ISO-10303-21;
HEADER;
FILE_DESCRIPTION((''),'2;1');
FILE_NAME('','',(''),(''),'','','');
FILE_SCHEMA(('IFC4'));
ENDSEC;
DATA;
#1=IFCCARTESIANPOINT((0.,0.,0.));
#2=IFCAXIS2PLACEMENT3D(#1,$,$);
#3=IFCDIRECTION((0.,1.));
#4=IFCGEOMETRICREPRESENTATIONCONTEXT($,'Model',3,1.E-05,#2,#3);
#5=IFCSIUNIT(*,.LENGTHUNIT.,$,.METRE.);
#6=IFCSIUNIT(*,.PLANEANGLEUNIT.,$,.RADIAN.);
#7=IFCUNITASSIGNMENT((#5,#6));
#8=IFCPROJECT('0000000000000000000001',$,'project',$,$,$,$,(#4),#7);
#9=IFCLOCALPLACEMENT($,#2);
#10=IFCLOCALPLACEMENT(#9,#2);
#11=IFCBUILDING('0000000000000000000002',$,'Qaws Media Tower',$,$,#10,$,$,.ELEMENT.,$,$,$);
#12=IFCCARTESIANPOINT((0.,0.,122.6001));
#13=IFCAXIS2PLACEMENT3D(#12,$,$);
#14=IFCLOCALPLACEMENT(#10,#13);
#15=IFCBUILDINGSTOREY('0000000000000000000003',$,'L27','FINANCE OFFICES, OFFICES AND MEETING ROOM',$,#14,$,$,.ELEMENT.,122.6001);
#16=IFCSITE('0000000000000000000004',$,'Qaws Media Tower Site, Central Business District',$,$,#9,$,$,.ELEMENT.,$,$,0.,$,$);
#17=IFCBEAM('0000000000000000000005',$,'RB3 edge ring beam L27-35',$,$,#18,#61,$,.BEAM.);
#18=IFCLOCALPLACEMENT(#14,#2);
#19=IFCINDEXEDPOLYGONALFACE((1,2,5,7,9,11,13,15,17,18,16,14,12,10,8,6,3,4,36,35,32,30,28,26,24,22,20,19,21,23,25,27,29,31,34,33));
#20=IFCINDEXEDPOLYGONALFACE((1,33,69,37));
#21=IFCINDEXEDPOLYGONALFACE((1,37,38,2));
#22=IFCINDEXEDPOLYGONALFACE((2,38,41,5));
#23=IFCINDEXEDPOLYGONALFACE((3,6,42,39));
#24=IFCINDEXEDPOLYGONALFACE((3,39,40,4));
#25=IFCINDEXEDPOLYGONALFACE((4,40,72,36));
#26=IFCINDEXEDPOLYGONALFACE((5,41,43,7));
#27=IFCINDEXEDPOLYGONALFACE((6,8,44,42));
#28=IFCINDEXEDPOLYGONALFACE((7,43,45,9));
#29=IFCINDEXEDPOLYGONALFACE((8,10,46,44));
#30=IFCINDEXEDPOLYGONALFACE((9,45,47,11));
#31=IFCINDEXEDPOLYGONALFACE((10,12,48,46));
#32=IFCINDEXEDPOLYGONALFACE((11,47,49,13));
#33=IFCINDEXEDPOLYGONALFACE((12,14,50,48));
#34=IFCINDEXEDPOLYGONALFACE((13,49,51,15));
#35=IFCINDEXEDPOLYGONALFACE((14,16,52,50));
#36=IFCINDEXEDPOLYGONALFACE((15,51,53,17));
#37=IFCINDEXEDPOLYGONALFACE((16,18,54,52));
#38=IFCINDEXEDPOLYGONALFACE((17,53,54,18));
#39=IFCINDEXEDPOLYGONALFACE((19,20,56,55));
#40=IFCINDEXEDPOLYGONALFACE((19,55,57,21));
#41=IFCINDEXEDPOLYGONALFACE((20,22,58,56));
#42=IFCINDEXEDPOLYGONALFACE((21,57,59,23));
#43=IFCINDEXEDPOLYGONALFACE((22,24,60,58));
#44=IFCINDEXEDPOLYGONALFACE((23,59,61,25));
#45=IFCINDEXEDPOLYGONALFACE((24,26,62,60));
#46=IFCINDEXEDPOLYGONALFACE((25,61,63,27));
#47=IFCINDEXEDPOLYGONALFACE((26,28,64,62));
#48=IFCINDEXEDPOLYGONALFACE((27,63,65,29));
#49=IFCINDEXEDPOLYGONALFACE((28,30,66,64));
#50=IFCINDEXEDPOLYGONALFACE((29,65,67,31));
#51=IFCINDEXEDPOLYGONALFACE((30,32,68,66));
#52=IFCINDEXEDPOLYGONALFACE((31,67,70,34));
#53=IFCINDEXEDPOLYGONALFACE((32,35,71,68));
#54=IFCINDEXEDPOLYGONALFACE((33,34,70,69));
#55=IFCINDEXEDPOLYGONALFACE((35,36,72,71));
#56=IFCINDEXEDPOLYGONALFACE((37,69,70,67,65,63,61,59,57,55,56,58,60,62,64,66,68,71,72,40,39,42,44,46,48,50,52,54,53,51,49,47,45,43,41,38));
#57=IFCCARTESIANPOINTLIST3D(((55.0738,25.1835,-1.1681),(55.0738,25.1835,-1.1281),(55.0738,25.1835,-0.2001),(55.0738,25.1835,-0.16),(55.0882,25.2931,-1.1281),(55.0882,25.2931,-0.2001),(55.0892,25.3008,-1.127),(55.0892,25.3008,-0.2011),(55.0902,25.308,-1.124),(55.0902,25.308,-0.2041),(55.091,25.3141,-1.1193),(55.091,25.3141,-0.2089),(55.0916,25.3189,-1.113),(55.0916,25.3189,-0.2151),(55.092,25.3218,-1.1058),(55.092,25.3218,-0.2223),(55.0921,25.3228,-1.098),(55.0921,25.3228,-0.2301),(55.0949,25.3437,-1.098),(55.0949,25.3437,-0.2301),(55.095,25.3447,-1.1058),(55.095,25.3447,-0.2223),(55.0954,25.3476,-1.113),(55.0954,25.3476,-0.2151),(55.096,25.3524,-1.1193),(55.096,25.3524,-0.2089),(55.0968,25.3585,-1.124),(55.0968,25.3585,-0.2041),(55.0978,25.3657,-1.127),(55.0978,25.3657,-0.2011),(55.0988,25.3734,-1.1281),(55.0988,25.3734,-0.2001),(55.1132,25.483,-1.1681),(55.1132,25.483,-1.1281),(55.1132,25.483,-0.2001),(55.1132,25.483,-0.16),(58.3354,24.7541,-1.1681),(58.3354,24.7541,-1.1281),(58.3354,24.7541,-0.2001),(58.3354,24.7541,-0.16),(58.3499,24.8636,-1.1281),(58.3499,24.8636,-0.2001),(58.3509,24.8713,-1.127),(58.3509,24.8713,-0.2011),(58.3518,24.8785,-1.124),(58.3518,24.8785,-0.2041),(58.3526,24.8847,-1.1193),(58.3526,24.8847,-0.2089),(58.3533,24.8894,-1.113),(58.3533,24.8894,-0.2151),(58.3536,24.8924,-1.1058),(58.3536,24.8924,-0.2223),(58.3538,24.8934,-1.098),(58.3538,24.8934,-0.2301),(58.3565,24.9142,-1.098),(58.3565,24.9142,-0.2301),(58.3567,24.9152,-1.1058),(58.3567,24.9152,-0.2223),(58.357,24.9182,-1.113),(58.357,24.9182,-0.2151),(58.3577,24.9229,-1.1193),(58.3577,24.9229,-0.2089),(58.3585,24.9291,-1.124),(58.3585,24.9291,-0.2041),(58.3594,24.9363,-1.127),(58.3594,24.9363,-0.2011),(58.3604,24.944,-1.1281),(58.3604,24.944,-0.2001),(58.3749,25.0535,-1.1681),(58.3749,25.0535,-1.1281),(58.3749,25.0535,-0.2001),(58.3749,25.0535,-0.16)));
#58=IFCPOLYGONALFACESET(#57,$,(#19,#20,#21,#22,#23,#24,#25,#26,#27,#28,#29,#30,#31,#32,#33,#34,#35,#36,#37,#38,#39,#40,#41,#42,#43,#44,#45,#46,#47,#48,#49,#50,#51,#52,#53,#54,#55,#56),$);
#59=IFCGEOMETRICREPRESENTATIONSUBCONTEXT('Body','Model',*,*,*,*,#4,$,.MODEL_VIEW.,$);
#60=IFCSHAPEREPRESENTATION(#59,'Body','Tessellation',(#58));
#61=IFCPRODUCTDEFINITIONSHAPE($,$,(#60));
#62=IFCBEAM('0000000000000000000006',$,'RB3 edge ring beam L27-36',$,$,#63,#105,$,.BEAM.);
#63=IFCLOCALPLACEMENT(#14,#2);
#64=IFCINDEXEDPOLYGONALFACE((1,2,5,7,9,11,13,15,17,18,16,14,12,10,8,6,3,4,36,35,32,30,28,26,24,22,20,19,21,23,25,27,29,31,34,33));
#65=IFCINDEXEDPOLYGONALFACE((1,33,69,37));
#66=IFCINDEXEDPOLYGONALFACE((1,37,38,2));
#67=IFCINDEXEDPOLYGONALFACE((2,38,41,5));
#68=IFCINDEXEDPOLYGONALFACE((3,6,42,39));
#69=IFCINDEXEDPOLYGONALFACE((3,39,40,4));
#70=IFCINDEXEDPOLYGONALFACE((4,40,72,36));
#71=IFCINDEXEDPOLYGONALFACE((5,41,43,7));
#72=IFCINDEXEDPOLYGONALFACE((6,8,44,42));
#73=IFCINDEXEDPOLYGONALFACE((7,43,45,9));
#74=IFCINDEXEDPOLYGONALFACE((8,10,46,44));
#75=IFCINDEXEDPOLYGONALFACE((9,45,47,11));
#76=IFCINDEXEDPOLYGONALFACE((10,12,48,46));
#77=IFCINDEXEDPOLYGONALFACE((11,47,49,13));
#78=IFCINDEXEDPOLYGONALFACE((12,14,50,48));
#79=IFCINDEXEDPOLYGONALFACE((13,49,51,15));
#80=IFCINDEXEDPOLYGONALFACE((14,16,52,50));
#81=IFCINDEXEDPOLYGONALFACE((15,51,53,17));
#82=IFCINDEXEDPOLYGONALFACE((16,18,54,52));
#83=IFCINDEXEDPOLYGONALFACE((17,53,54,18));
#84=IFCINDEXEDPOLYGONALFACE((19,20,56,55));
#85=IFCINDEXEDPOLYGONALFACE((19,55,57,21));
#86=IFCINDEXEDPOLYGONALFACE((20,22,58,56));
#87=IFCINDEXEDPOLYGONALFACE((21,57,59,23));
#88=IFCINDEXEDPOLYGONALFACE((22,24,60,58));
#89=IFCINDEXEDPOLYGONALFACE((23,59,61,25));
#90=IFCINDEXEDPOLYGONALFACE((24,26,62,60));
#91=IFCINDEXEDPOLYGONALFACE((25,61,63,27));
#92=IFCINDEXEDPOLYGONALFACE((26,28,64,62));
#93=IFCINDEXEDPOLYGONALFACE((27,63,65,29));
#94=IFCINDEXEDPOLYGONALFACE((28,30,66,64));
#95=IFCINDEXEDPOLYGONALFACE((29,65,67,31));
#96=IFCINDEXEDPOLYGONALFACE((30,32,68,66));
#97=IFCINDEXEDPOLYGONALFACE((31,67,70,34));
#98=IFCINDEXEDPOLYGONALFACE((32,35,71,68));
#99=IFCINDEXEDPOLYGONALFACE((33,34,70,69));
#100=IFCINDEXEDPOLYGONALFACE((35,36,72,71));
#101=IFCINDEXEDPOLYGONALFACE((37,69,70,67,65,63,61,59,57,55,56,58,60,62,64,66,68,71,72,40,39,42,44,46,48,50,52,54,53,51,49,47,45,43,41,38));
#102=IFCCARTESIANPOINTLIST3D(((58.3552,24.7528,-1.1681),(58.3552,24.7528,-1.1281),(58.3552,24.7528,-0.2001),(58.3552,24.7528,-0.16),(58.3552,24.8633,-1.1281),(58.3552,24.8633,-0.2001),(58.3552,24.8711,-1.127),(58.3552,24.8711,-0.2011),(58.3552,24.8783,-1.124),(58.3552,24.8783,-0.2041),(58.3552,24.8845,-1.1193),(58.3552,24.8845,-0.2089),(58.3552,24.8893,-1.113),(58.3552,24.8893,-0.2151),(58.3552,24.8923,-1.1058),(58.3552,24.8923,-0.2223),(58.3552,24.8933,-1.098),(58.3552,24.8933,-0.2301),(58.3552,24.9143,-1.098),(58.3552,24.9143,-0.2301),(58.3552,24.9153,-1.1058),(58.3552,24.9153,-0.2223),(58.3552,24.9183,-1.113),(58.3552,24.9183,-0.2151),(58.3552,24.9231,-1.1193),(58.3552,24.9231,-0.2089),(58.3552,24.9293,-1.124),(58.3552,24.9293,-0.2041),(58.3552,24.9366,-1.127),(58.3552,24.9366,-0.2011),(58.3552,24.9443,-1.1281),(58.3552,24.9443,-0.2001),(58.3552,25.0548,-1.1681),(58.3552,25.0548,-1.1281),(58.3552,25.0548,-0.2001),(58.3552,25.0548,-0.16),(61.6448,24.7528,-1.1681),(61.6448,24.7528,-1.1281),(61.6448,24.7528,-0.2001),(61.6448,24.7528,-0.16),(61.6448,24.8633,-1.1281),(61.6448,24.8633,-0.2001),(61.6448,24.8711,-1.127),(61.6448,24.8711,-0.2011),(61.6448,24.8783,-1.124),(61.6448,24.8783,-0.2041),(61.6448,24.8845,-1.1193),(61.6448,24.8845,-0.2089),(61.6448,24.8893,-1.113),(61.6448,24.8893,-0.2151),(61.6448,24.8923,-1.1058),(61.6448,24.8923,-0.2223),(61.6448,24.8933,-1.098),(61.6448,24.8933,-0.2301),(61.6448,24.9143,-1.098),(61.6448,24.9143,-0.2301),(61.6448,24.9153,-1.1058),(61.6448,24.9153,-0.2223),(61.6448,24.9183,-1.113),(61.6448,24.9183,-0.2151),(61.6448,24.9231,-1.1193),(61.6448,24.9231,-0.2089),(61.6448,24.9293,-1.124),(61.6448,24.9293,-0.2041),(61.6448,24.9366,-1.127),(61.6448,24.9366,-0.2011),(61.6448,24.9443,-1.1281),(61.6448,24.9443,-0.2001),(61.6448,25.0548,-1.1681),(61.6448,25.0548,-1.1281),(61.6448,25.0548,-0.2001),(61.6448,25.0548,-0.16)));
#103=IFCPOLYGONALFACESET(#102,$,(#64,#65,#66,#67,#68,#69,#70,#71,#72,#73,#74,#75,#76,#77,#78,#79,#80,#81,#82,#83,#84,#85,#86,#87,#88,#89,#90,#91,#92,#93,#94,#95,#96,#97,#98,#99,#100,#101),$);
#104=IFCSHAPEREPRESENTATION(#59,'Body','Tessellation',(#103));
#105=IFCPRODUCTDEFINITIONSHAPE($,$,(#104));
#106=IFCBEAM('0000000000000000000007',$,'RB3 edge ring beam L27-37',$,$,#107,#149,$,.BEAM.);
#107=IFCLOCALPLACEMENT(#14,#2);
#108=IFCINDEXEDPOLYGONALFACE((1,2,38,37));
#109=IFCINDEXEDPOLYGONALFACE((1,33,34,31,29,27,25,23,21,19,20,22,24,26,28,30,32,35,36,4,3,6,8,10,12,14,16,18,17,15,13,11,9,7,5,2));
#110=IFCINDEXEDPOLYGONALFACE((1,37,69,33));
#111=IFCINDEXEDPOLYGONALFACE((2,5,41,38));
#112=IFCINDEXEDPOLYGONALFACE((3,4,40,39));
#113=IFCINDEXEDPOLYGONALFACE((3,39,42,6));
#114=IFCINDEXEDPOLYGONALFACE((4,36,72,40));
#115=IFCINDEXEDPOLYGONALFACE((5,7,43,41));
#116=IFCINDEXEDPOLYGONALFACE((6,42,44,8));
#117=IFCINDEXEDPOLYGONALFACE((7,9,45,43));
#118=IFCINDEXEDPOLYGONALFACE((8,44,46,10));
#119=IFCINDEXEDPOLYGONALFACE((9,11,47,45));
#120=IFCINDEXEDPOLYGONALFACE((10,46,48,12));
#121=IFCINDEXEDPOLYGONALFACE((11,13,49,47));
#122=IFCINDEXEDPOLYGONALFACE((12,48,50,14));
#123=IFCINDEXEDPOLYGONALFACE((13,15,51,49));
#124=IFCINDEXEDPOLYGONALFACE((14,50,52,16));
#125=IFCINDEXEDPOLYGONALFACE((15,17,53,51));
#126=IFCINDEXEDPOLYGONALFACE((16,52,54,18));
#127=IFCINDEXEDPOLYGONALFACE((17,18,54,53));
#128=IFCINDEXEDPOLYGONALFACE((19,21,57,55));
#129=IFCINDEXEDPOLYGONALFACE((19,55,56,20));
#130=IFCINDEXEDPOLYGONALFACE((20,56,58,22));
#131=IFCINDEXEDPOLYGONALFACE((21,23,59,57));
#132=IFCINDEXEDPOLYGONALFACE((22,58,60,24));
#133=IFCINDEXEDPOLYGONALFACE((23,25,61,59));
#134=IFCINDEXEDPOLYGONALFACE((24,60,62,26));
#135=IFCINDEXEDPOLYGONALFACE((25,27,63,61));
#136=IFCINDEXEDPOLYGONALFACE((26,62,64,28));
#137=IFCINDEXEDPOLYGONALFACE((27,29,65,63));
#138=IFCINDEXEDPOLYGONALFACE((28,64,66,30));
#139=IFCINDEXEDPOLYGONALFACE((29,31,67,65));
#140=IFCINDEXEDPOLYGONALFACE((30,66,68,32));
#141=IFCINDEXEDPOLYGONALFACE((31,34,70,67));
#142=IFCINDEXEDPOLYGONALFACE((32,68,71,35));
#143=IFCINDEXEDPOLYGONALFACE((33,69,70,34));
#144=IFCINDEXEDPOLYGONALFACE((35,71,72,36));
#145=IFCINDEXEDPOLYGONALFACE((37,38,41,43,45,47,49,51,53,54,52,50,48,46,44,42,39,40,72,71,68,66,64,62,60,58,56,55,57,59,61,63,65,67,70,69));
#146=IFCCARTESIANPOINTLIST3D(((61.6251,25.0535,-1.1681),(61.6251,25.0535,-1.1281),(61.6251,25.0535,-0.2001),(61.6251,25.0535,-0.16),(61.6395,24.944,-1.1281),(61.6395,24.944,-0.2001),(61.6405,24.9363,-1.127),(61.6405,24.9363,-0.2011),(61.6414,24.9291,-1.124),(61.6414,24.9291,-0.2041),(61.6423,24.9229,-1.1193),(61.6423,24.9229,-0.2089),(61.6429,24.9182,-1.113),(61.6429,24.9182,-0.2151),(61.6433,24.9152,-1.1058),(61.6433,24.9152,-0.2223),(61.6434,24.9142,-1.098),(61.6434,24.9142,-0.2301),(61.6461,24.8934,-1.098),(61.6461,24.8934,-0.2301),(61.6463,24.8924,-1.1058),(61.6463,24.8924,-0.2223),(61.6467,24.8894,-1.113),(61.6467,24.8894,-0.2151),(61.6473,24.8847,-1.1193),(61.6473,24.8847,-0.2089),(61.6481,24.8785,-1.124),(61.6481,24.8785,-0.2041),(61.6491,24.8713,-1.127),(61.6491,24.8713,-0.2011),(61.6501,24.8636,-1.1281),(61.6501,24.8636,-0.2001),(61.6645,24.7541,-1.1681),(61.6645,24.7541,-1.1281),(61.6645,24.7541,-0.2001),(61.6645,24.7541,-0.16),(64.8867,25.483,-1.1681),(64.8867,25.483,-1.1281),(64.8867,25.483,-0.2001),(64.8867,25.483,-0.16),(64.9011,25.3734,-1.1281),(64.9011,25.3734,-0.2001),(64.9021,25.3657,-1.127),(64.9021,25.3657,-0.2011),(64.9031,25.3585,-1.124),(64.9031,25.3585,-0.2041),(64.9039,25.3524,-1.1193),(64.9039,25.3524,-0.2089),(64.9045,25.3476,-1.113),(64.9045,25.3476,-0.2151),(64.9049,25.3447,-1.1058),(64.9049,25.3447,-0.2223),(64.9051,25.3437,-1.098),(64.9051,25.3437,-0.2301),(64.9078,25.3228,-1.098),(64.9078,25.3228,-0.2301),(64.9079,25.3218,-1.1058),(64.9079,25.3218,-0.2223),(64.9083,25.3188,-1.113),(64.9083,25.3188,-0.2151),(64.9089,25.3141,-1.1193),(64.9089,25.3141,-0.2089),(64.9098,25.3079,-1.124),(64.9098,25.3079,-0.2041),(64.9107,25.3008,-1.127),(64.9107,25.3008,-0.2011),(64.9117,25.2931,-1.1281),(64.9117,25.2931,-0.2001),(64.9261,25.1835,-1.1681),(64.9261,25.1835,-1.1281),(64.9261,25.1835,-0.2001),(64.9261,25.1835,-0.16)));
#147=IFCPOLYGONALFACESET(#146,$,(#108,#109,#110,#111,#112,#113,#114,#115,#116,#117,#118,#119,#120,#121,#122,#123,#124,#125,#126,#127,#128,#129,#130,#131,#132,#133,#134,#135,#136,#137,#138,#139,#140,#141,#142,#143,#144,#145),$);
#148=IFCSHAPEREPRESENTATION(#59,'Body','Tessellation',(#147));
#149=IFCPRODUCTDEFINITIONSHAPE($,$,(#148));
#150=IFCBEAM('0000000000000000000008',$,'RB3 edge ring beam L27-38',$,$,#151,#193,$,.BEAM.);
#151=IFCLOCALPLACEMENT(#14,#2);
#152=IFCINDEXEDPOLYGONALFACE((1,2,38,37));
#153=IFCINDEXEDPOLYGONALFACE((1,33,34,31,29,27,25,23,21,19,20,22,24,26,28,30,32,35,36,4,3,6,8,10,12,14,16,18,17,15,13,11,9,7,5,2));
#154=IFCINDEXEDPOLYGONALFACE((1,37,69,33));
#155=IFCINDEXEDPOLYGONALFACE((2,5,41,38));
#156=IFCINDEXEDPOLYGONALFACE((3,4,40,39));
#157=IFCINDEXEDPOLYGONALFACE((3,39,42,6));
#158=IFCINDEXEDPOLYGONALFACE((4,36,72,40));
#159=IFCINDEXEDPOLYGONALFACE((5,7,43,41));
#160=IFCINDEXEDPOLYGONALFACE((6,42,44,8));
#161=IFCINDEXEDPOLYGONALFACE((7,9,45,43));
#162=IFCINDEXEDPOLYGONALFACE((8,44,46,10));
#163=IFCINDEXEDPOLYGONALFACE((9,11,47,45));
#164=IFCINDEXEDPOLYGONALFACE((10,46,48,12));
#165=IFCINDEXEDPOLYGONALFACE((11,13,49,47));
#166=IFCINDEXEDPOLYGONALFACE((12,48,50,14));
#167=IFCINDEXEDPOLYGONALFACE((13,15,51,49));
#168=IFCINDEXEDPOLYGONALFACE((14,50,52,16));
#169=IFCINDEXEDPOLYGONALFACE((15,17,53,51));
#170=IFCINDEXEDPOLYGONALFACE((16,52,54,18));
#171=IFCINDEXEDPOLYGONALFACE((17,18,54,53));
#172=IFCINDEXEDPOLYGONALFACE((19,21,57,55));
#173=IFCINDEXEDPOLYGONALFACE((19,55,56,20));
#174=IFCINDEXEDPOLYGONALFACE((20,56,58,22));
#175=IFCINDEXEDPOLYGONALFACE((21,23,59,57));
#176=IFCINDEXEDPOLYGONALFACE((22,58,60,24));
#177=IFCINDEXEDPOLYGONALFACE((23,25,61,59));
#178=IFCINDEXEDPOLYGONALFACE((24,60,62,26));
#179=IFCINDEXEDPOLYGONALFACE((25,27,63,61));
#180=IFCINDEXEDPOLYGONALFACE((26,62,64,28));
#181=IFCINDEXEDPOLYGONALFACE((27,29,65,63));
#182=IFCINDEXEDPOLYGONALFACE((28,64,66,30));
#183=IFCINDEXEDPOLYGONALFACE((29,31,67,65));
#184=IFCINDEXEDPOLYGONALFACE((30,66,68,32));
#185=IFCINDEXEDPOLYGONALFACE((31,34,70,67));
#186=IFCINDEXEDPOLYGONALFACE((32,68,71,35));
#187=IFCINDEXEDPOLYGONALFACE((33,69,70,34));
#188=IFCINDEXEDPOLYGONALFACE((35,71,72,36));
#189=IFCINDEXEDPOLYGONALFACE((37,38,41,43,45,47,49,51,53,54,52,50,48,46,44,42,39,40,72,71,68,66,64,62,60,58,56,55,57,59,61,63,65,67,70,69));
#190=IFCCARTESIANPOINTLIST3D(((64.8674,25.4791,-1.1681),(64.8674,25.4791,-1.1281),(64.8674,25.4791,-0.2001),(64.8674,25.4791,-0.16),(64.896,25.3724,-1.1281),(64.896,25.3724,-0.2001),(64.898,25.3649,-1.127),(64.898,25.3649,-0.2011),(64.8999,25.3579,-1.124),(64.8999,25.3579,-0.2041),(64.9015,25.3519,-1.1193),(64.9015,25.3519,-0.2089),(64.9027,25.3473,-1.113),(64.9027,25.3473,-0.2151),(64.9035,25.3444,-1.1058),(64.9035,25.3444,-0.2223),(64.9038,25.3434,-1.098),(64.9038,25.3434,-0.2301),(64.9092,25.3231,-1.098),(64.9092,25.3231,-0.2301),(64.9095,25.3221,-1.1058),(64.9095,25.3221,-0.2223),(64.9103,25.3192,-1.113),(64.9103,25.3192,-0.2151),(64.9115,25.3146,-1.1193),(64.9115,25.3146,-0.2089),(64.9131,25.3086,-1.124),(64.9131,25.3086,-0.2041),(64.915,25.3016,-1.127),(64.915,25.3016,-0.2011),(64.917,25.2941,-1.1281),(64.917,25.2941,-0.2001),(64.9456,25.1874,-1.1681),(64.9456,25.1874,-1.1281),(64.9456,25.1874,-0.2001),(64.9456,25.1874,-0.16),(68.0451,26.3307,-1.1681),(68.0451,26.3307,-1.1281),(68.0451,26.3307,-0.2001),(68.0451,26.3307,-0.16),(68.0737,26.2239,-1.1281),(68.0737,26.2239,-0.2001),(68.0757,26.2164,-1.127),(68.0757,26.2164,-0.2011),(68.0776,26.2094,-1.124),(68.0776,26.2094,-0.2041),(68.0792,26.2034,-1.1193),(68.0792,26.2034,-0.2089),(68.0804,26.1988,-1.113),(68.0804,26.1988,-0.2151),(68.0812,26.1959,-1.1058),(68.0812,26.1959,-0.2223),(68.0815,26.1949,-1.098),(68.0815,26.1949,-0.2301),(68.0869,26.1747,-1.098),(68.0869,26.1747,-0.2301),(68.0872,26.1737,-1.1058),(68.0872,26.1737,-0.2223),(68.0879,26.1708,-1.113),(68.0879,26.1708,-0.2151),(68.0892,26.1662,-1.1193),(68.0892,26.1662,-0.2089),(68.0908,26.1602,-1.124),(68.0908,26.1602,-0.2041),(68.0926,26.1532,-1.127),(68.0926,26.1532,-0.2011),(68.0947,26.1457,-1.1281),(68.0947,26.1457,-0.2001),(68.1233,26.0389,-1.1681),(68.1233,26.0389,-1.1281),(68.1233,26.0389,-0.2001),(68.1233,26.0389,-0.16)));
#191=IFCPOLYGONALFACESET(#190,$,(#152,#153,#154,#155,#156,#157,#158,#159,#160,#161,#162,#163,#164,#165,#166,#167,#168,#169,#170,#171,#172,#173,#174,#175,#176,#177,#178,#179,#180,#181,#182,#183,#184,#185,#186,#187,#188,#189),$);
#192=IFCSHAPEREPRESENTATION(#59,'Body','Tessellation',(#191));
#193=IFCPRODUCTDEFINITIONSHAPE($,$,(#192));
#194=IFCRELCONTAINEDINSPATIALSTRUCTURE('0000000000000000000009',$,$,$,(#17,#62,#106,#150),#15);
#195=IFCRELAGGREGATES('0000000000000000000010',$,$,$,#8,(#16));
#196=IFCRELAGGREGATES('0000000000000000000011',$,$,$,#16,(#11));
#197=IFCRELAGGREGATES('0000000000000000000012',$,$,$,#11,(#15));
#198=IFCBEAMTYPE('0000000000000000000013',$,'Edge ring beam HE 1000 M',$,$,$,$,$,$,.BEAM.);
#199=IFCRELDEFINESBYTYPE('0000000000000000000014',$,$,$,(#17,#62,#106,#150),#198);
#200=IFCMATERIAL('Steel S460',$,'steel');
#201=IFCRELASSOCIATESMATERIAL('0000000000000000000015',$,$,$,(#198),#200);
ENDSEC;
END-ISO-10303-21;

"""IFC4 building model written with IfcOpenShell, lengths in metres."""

from ifc_helpers import new_model, si_unit, direction, frame, origin, origin_2d, place, context, subcontext, project, spatial, i_section, extrude, material, material_profile, profile_set, type_object, element, save


model = new_model("IFC4")

# Units and contexts
model_context = context("Model", 3, precision=1e-05, world=origin(), true_north=direction((0.0, 1.0)))
body_context = subcontext(model_context, "Body", "Model", "MODEL_VIEW")
ifc_project = project(units=[si_unit("LENGTHUNIT", "METRE"), si_unit("PLANEANGLEUNIT", "RADIAN")], contexts=[model_context])

# Site, building, storey
site_placement = place(None, origin())
site = spatial("IfcSite", under=ifc_project, at=site_placement, Name="Qaws Media Tower Site, Central Business District", CompositionType="ELEMENT", RefElevation=0.0)
building_placement = place(site_placement, origin())
building = spatial("IfcBuilding", under=site, at=building_placement, Name="Qaws Media Tower", CompositionType="ELEMENT")
storey_placement = place(building_placement, frame((0.0, 0.0, 122.6001)))
storey = spatial("IfcBuildingStorey", under=building, at=storey_placement, Name="L27", Description="FINANCE OFFICES, OFFICES AND MEETING ROOM", CompositionType="ELEMENT", Elevation=122.6001)

# Beams
ifc_material_1 = material(Name="Steel S460", Category="steel")
ifc_material_profile_1 = material_profile(ifc_material_1, i_section(OverallWidth=0.302, OverallDepth=1.0081, WebThickness=0.021, FlangeThickness=0.04, FilletRadius=0.03, at=origin_2d()), Name="HE 1000 M")
ifc_profile_set_1 = profile_set([ifc_material_profile_1], Name="Steel S460")
beam_type = type_object("IfcBeamType", Name="Edge ring beam HE 1000 M", PredefinedType="BEAM", material=ifc_profile_set_1)
beam_1_placement = place(storey_placement, frame((55.0935, 25.3333, -0.6641), z_axis=(0.991444, -0.130535, 0.0), x_axis=(0.130535, 0.991444, 0.0)))
element("IfcBeam", 1, at=beam_1_placement, inside=storey, type_object=beam_type, Name="RB3 edge ring beam L27-35", PredefinedType="BEAM", context=body_context, shape_type="SweptSolid", body=[
    extrude(i_section(OverallWidth=0.302, OverallDepth=1.0081, WebThickness=0.021, FlangeThickness=0.04, FilletRadius=0.03, at=origin_2d()), origin(), (0.0, 0.0, 1.0), 3.2898),
])
beam_2_placement = place(storey_placement, frame((58.3552, 24.9038, -0.6641), z_axis=(1.0, 0.0, 0.0), x_axis=(0.0, 1.0, 0.0)))
element("IfcBeam", 2, at=beam_2_placement, inside=storey, type_object=beam_type, Name="RB3 edge ring beam L27-36", PredefinedType="BEAM", context=body_context, shape_type="SweptSolid", body=[
    extrude(i_section(OverallWidth=0.302, OverallDepth=1.0081, WebThickness=0.021, FlangeThickness=0.04, FilletRadius=0.03, at=origin_2d()), origin(), (0.0, 0.0, 1.0), 3.2896),
])
for number, where, z_axis, x_axis, name in (
    (3, (61.6448, 24.9038, -0.6641), (0.991444, 0.130535, 0.0), (-0.130535, 0.991444, 0.0), "RB3 edge ring beam L27-37"),
    (4, (64.9065, 25.3333, -0.6641), (0.965919, 0.258845, 0.0), (-0.258845, 0.965919, 0.0), "RB3 edge ring beam L27-38"),
):
    element("IfcBeam", number, at=place(storey_placement, frame(where, z_axis=z_axis, x_axis=x_axis)), inside=storey, type_object=beam_type, Name=name, PredefinedType="BEAM", context=body_context, shape_type="SweptSolid", body=[
        extrude(i_section(OverallWidth=0.302, OverallDepth=1.0081, WebThickness=0.021, FlangeThickness=0.04, FilletRadius=0.03, at=origin_2d()), origin(), (0.0, 0.0, 1.0), 3.2898),
    ])

save(model, "model.ifc")
